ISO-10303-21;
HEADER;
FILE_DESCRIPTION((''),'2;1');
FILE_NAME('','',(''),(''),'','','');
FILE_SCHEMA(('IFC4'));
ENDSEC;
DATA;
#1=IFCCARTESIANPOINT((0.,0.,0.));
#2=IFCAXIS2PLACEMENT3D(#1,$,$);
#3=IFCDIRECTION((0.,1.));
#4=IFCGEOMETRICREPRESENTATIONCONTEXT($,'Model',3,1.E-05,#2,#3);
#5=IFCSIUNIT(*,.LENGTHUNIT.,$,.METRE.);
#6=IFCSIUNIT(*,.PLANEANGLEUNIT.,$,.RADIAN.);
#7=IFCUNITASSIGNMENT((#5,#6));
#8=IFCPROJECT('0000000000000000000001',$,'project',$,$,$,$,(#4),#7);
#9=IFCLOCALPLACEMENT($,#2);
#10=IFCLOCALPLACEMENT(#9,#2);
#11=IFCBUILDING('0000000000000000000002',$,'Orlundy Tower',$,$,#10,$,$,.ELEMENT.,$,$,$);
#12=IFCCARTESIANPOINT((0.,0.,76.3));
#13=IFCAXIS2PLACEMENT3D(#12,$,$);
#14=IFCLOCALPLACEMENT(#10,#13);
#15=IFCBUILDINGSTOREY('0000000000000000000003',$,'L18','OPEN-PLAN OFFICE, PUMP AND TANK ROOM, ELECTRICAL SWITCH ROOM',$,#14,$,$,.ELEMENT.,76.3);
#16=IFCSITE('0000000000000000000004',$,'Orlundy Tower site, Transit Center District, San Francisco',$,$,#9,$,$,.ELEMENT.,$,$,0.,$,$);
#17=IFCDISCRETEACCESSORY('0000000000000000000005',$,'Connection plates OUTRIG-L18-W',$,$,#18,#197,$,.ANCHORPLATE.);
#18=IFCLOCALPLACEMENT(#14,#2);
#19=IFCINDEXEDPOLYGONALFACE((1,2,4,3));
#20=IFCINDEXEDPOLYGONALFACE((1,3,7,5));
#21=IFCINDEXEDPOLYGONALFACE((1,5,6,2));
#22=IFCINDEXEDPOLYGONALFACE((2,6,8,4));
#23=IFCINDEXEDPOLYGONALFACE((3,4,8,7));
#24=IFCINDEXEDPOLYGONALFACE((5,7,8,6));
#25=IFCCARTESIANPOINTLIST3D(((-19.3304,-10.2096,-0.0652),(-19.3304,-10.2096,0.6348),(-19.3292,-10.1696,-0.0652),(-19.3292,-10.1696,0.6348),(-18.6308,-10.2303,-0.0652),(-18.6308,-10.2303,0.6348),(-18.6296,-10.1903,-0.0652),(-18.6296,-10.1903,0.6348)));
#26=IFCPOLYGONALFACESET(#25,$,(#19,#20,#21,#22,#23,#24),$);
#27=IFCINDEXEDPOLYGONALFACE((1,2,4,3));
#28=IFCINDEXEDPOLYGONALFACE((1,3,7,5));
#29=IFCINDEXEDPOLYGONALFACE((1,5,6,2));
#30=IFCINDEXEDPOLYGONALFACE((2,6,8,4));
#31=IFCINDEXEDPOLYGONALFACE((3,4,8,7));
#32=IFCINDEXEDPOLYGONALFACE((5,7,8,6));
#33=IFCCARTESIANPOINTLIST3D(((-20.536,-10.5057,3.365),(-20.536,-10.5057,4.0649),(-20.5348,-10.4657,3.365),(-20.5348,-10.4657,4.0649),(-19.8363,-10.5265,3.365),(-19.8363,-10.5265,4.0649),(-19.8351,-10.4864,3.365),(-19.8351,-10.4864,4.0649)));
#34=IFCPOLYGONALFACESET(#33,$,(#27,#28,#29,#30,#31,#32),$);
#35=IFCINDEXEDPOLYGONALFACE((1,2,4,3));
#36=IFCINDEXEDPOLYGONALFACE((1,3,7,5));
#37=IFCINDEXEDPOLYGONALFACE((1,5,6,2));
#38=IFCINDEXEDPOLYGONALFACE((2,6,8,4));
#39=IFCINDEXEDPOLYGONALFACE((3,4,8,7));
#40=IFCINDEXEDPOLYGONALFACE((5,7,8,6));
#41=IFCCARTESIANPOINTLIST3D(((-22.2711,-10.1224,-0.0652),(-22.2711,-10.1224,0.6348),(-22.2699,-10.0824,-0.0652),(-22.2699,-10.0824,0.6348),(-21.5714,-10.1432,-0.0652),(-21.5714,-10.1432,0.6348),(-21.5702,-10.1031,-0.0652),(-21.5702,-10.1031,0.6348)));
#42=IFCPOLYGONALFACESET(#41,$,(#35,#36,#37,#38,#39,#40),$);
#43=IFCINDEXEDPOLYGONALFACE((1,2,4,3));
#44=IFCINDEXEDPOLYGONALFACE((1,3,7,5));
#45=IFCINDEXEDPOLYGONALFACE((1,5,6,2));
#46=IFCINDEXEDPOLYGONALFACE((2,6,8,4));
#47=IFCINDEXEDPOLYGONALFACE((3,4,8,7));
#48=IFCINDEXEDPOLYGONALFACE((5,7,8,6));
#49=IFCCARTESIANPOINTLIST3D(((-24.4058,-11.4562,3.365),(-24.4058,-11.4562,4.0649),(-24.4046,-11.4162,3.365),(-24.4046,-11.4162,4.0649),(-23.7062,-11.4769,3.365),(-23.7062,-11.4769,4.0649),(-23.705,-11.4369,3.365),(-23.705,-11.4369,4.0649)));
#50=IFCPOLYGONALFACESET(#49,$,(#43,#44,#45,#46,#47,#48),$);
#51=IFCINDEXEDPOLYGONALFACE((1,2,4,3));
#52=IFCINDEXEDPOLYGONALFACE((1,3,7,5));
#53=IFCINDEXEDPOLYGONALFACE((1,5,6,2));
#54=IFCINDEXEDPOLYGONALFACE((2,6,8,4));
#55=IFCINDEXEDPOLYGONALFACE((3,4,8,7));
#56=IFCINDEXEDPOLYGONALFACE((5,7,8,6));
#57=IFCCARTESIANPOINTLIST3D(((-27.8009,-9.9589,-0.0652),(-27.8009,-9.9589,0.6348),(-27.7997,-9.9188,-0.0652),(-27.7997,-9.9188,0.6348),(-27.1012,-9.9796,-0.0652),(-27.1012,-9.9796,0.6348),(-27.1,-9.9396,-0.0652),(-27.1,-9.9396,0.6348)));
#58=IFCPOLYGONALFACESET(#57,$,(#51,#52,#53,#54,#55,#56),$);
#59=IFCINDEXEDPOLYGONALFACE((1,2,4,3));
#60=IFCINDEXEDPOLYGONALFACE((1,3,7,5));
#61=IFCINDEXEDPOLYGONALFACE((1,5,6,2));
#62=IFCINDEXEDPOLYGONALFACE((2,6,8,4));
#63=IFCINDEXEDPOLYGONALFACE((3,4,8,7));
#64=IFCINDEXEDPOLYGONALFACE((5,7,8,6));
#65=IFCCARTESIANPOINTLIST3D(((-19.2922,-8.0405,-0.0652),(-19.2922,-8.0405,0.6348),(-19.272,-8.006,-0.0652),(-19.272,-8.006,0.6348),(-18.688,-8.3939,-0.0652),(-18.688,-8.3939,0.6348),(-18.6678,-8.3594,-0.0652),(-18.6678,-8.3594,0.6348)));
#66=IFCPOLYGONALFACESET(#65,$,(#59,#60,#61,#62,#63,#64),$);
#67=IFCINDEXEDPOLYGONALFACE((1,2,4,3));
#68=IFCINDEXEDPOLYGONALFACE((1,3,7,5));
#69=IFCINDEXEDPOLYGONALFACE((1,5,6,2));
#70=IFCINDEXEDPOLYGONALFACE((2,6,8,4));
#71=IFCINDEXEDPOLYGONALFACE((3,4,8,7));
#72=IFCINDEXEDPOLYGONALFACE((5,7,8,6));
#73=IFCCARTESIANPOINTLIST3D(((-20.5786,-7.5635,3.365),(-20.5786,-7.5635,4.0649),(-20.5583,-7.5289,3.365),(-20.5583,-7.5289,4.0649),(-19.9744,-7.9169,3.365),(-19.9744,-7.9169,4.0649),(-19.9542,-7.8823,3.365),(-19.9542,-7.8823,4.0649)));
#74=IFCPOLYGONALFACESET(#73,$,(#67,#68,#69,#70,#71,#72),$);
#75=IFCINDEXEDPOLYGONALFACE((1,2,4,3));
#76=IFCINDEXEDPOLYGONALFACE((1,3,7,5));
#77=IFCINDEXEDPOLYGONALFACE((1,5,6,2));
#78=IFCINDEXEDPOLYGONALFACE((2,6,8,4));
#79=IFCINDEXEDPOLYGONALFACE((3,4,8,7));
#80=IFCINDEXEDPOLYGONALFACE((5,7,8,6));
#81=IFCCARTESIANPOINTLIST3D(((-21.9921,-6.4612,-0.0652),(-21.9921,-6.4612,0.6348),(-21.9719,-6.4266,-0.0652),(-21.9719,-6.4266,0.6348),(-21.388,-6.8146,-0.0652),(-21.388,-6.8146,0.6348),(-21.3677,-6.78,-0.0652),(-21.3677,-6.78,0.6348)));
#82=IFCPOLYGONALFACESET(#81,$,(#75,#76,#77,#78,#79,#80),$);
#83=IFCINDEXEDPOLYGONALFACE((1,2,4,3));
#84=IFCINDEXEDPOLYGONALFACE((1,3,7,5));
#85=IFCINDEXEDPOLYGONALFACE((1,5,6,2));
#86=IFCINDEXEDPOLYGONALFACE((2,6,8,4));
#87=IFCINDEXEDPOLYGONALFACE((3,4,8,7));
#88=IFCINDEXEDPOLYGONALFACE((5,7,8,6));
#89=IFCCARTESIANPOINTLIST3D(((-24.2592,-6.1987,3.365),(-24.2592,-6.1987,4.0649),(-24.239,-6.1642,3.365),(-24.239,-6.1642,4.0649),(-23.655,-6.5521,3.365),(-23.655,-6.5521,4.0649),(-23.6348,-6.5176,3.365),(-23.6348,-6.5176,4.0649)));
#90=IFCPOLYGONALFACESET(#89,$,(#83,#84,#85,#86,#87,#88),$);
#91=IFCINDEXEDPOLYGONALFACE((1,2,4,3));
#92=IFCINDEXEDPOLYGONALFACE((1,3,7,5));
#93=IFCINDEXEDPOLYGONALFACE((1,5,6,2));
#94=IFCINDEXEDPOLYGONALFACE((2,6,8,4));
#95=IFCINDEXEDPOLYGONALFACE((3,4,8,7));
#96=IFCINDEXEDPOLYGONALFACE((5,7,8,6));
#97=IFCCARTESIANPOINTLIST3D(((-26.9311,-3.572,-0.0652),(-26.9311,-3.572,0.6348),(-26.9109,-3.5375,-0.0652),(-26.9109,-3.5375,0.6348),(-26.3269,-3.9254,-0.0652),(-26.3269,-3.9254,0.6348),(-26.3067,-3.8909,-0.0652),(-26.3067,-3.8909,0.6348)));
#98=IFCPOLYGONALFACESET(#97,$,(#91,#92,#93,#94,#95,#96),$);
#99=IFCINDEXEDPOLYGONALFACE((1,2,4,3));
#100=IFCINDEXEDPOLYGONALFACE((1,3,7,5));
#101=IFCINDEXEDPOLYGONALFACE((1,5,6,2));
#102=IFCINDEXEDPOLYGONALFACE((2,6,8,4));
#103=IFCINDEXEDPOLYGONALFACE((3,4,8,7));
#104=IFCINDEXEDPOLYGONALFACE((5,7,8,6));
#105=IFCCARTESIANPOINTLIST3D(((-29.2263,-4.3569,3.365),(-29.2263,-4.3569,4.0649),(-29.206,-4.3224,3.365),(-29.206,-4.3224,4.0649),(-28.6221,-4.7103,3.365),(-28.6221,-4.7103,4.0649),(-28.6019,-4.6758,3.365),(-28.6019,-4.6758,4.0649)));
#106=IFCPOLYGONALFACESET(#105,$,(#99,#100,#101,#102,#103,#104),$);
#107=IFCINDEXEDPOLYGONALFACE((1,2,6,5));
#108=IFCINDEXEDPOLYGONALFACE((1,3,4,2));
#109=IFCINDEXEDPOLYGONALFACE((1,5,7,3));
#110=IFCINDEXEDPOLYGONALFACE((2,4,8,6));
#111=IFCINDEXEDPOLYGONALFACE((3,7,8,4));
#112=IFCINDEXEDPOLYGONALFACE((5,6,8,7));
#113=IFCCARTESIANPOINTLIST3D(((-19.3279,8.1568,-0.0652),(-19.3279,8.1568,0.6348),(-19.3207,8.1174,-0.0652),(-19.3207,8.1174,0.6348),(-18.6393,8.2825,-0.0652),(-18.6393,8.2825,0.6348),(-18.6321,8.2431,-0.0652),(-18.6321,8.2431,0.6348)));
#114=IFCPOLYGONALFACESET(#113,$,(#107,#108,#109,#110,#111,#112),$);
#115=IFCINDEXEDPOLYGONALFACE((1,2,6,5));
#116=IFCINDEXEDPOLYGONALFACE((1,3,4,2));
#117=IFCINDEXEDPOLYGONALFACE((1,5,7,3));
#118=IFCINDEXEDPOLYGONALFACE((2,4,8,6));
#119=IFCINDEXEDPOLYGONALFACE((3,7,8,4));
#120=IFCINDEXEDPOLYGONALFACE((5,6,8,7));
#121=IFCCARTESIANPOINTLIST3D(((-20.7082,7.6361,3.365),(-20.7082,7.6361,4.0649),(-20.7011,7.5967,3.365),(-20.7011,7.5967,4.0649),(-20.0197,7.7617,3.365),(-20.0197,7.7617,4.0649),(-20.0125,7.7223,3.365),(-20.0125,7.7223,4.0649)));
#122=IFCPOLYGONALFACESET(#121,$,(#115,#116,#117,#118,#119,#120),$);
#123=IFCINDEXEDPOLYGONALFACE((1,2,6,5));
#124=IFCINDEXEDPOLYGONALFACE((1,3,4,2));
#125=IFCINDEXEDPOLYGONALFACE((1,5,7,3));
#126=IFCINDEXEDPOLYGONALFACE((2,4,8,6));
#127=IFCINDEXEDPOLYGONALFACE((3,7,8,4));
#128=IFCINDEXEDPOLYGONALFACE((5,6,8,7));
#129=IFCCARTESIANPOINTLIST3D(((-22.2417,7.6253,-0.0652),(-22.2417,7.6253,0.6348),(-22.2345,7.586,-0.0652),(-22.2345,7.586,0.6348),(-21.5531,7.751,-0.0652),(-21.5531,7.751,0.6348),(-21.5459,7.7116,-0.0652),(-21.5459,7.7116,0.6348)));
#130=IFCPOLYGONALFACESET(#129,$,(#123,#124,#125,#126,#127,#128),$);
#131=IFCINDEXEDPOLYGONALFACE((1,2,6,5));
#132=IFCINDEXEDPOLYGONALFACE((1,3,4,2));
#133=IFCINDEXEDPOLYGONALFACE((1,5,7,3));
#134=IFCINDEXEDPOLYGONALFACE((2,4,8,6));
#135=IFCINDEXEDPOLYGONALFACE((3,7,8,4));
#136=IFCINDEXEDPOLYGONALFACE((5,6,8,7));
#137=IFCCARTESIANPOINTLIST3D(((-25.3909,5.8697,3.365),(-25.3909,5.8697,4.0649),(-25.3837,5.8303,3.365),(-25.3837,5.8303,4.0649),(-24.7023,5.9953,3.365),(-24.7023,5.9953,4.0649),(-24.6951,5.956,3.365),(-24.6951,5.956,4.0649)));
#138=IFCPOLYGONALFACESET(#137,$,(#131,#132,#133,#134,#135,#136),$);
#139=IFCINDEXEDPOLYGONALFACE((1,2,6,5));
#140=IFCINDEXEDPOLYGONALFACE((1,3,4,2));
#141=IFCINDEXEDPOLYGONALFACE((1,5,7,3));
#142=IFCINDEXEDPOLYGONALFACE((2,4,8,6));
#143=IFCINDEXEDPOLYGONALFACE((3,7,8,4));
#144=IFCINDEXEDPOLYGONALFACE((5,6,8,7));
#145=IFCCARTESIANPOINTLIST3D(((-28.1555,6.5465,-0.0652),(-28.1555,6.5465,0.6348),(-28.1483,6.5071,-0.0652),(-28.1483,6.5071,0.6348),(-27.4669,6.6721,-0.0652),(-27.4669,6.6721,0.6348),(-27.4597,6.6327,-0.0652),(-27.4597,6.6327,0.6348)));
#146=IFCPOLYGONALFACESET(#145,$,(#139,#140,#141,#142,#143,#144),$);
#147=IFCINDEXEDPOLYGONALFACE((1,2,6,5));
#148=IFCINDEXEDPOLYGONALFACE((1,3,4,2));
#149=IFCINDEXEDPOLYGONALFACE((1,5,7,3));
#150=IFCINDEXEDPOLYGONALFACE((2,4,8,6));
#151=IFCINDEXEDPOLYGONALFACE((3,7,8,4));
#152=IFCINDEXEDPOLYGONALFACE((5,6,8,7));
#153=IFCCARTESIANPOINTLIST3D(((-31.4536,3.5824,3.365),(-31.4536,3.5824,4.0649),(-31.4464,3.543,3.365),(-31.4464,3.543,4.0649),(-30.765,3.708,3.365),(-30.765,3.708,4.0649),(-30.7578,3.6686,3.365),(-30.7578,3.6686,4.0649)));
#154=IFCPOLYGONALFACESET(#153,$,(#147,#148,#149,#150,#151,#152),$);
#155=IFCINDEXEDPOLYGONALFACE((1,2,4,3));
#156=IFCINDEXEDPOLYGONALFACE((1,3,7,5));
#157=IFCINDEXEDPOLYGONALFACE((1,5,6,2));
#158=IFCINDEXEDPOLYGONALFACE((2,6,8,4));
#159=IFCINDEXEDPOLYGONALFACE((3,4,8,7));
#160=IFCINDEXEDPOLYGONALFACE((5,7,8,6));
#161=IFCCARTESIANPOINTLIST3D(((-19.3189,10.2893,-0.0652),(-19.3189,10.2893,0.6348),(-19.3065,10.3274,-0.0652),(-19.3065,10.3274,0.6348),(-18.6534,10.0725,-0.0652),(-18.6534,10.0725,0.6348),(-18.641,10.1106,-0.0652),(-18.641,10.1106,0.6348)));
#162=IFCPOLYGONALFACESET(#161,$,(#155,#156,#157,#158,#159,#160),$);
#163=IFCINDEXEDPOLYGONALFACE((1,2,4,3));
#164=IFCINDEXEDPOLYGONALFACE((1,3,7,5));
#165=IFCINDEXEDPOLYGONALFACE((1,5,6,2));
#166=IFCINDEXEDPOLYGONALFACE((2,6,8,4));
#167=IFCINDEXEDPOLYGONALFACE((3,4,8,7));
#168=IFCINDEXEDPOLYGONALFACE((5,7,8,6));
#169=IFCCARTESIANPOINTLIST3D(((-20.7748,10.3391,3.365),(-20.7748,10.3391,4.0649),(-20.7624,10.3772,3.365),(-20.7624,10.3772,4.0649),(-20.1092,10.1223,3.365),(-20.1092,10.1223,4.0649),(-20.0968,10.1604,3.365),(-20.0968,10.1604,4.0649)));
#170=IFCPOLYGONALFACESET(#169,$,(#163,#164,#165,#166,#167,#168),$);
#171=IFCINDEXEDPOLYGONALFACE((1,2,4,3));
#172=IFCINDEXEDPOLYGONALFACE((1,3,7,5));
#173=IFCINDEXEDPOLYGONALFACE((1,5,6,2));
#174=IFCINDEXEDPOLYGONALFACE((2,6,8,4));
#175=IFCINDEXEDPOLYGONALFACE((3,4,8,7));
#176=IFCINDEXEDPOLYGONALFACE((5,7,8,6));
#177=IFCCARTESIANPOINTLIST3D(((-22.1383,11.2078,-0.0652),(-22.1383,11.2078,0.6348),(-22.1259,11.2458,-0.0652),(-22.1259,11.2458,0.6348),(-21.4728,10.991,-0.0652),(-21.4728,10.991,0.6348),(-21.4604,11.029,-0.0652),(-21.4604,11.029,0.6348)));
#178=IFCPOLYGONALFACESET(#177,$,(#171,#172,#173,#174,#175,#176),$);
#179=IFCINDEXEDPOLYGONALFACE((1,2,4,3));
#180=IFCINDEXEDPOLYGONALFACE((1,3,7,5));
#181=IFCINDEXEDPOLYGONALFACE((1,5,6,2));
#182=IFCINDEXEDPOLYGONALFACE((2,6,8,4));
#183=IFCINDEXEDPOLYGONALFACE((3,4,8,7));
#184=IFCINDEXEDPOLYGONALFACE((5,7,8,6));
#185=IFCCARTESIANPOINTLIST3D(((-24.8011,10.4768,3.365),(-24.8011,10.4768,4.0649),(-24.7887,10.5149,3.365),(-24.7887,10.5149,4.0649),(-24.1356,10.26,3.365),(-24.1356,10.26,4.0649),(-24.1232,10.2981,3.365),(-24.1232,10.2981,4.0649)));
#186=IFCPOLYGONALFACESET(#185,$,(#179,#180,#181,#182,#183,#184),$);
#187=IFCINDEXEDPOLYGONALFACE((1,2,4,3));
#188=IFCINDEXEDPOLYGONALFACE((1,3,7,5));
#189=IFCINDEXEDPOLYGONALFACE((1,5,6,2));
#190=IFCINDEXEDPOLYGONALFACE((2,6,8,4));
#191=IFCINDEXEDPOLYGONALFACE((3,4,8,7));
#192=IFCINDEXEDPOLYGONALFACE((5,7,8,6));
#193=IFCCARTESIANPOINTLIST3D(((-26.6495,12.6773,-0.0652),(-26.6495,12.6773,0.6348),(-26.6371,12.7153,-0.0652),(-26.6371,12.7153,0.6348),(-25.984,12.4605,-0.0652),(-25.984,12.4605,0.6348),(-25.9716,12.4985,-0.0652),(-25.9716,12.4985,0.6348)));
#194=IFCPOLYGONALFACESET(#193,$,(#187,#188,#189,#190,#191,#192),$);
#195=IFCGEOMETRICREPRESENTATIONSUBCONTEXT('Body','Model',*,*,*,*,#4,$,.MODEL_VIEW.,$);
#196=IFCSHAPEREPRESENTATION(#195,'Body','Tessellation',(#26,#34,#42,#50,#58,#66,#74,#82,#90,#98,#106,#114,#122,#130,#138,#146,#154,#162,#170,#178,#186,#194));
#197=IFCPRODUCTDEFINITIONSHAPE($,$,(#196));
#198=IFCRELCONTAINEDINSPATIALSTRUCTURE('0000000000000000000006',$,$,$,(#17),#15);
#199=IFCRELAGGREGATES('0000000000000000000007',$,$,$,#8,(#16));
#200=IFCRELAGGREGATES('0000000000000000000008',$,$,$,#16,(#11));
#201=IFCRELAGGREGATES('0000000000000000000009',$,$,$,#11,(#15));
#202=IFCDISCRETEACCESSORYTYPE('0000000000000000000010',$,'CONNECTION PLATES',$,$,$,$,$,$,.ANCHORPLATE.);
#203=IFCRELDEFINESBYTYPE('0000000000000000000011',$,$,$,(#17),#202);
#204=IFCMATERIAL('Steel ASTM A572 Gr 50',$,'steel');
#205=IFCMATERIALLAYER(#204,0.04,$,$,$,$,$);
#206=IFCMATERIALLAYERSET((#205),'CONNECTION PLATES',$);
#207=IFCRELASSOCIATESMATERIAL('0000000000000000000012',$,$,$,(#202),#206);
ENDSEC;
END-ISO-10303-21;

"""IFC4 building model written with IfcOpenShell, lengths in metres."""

from ifc_helpers import new_model, si_unit, direction, frame, origin, origin_2d, place, context, subcontext, project, spatial, rectangle, extrude, material, layer, layer_set, type_object, element, save


model = new_model("IFC4")

# Units and contexts
model_context = context("Model", 3, precision=1e-05, world=origin(), true_north=direction((0.0, 1.0)))
body_context = subcontext(model_context, "Body", "Model", "MODEL_VIEW")
ifc_project = project(units=[si_unit("LENGTHUNIT", "METRE"), si_unit("PLANEANGLEUNIT", "RADIAN")], contexts=[model_context])

# Site, building, storey
site_placement = place(None, origin())
site = spatial("IfcSite", under=ifc_project, at=site_placement, Name="Orlundy Tower site, Transit Center District, San Francisco", CompositionType="ELEMENT", RefElevation=0.0)
building_placement = place(site_placement, origin())
building = spatial("IfcBuilding", under=site, at=building_placement, Name="Orlundy Tower", CompositionType="ELEMENT")
storey_placement = place(building_placement, frame((0.0, 0.0, 76.3)))
storey = spatial("IfcBuildingStorey", under=building, at=storey_placement, Name="L18", Description="OPEN-PLAN OFFICE, PUMP AND TANK ROOM, ELECTRICAL SWITCH ROOM", CompositionType="ELEMENT", Elevation=76.3)

# Discrete accessory
ifc_material_1 = material(Name="Steel ASTM A572 Gr 50", Category="steel")
ifc_layer_1 = layer(ifc_material_1, 0.04)
ifc_layer_set_1 = layer_set([ifc_layer_1], Name="CONNECTION PLATES")
discrete_accessory_type = type_object("IfcDiscreteAccessoryType", Name="CONNECTION PLATES", PredefinedType="ANCHORPLATE", material=ifc_layer_set_1)
discrete_accessory_1_placement = place(storey_placement, frame((0.0, 0.0, -76.3)))
element("IfcDiscreteAccessory", 1, at=discrete_accessory_1_placement, inside=storey, type_object=discrete_accessory_type, Name="Connection plates OUTRIG-L18-W", PredefinedType="ANCHORPLATE", context=body_context, shape_type="SweptSolid", body=[
    extrude(rectangle(XDim=0.7, YDim=0.04, at=origin_2d()), frame((-18.98, -10.2, 76.2349), z_axis=(0.0, 0.0, 1.0), x_axis=(-0.999561, 0.029614, 0.0)), (0.0, 0.0, 1.0), 0.7),
    extrude(rectangle(XDim=0.7, YDim=0.04, at=origin_2d()), frame((-20.1855, -10.4961, 79.665), z_axis=(0.0, 0.0, 1.0), x_axis=(-0.999561, 0.029614, 0.0)), (0.0, 0.0, 1.0), 0.7),
    extrude(rectangle(XDim=0.7, YDim=0.04, at=origin_2d()), frame((-21.9207, -10.1128, 76.2349), z_axis=(0.0, 0.0, 1.0), x_axis=(-0.999561, 0.029614, 0.0)), (0.0, 0.0, 1.0), 0.7),
    extrude(rectangle(XDim=0.7, YDim=0.04, at=origin_2d()), frame((-24.0554, -11.4465, 79.665), z_axis=(0.0, 0.0, 1.0), x_axis=(-0.999561, 0.029614, 0.0)), (0.0, 0.0, 1.0), 0.7),
    extrude(rectangle(XDim=0.7, YDim=0.04, at=origin_2d()), frame((-27.4504, -9.9492, 76.2349), z_axis=(0.0, 0.0, 1.0), x_axis=(-0.999561, 0.029614, 0.0)), (0.0, 0.0, 1.0), 0.7),
    extrude(rectangle(XDim=0.7, YDim=0.04, at=origin_2d()), frame((-18.98, -8.2, 76.2349), z_axis=(0.0, 0.0, 1.0), x_axis=(-0.863167, 0.504919, 0.0)), (0.0, 0.0, 1.0), 0.7),
    extrude(rectangle(XDim=0.7, YDim=0.04, at=origin_2d()), frame((-20.2664, -7.7229, 79.665), z_axis=(0.0, 0.0, 1.0), x_axis=(-0.863167, 0.504919, 0.0)), (0.0, 0.0, 1.0), 0.7),
    extrude(rectangle(XDim=0.7, YDim=0.04, at=origin_2d()), frame((-21.6799, -6.6206, 76.2349), z_axis=(0.0, 0.0, 1.0), x_axis=(-0.863167, 0.504919, 0.0)), (0.0, 0.0, 1.0), 0.7),
    extrude(rectangle(XDim=0.7, YDim=0.04, at=origin_2d()), frame((-23.947, -6.3582, 79.665), z_axis=(0.0, 0.0, 1.0), x_axis=(-0.863167, 0.504919, 0.0)), (0.0, 0.0, 1.0), 0.7),
    extrude(rectangle(XDim=0.7, YDim=0.04, at=origin_2d()), frame((-26.6189, -3.7314, 76.2349), z_axis=(0.0, 0.0, 1.0), x_axis=(-0.863167, 0.504919, 0.0)), (0.0, 0.0, 1.0), 0.7),
    extrude(rectangle(XDim=0.7, YDim=0.04, at=origin_2d()), frame((-28.9141, -4.5164, 79.665), z_axis=(0.0, 0.0, 1.0), x_axis=(-0.863167, 0.504919, 0.0)), (0.0, 0.0, 1.0), 0.7),
    extrude(rectangle(XDim=0.7, YDim=0.04, at=origin_2d()), frame((-18.98, 8.2, 76.2349), z_axis=(0.0, 0.0, 1.0), x_axis=(-0.983763, -0.179472, 0.0)), (0.0, 0.0, 1.0), 0.7),
    extrude(rectangle(XDim=0.7, YDim=0.04, at=origin_2d()), frame((-20.3604, 7.6792, 79.665), z_axis=(0.0, 0.0, 1.0), x_axis=(-0.983763, -0.179472, 0.0)), (0.0, 0.0, 1.0), 0.7),
    extrude(rectangle(XDim=0.7, YDim=0.04, at=origin_2d()), frame((-21.8938, 7.6685, 76.2349), z_axis=(0.0, 0.0, 1.0), x_axis=(-0.983763, -0.179472, 0.0)), (0.0, 0.0, 1.0), 0.7),
    extrude(rectangle(XDim=0.7, YDim=0.04, at=origin_2d()), frame((-25.043, 5.9128, 79.665), z_axis=(0.0, 0.0, 1.0), x_axis=(-0.983763, -0.179472, 0.0)), (0.0, 0.0, 1.0), 0.7),
    extrude(rectangle(XDim=0.7, YDim=0.04, at=origin_2d()), frame((-27.8076, 6.5896, 76.2349), z_axis=(0.0, 0.0, 1.0), x_axis=(-0.983763, -0.179472, 0.0)), (0.0, 0.0, 1.0), 0.7),
    extrude(rectangle(XDim=0.7, YDim=0.04, at=origin_2d()), frame((-31.1057, 3.6255, 79.665), z_axis=(0.0, 0.0, 1.0), x_axis=(-0.983763, -0.179472, 0.0)), (0.0, 0.0, 1.0), 0.7),
    extrude(rectangle(XDim=0.7, YDim=0.04, at=origin_2d()), frame((-18.98, 10.2, 76.2349), z_axis=(0.0, 0.0, 1.0), x_axis=(-0.950824, 0.309731, 0.0)), (0.0, 0.0, 1.0), 0.7),
    extrude(rectangle(XDim=0.7, YDim=0.04, at=origin_2d()), frame((-20.4358, 10.2498, 79.665), z_axis=(0.0, 0.0, 1.0), x_axis=(-0.950824, 0.309731, 0.0)), (0.0, 0.0, 1.0), 0.7),
    extrude(rectangle(XDim=0.7, YDim=0.04, at=origin_2d()), frame((-21.7993, 11.1184, 76.2349), z_axis=(0.0, 0.0, 1.0), x_axis=(-0.950824, 0.309731, 0.0)), (0.0, 0.0, 1.0), 0.7),
    extrude(rectangle(XDim=0.7, YDim=0.04, at=origin_2d()), frame((-24.4622, 10.3875, 79.665), z_axis=(0.0, 0.0, 1.0), x_axis=(-0.950824, 0.309731, 0.0)), (0.0, 0.0, 1.0), 0.7),
    extrude(rectangle(XDim=0.7, YDim=0.04, at=origin_2d()), frame((-26.3105, 12.5879, 76.2349), z_axis=(0.0, 0.0, 1.0), x_axis=(-0.950824, 0.309731, 0.0)), (0.0, 0.0, 1.0), 0.7),
])

save(model, "model.ifc")
